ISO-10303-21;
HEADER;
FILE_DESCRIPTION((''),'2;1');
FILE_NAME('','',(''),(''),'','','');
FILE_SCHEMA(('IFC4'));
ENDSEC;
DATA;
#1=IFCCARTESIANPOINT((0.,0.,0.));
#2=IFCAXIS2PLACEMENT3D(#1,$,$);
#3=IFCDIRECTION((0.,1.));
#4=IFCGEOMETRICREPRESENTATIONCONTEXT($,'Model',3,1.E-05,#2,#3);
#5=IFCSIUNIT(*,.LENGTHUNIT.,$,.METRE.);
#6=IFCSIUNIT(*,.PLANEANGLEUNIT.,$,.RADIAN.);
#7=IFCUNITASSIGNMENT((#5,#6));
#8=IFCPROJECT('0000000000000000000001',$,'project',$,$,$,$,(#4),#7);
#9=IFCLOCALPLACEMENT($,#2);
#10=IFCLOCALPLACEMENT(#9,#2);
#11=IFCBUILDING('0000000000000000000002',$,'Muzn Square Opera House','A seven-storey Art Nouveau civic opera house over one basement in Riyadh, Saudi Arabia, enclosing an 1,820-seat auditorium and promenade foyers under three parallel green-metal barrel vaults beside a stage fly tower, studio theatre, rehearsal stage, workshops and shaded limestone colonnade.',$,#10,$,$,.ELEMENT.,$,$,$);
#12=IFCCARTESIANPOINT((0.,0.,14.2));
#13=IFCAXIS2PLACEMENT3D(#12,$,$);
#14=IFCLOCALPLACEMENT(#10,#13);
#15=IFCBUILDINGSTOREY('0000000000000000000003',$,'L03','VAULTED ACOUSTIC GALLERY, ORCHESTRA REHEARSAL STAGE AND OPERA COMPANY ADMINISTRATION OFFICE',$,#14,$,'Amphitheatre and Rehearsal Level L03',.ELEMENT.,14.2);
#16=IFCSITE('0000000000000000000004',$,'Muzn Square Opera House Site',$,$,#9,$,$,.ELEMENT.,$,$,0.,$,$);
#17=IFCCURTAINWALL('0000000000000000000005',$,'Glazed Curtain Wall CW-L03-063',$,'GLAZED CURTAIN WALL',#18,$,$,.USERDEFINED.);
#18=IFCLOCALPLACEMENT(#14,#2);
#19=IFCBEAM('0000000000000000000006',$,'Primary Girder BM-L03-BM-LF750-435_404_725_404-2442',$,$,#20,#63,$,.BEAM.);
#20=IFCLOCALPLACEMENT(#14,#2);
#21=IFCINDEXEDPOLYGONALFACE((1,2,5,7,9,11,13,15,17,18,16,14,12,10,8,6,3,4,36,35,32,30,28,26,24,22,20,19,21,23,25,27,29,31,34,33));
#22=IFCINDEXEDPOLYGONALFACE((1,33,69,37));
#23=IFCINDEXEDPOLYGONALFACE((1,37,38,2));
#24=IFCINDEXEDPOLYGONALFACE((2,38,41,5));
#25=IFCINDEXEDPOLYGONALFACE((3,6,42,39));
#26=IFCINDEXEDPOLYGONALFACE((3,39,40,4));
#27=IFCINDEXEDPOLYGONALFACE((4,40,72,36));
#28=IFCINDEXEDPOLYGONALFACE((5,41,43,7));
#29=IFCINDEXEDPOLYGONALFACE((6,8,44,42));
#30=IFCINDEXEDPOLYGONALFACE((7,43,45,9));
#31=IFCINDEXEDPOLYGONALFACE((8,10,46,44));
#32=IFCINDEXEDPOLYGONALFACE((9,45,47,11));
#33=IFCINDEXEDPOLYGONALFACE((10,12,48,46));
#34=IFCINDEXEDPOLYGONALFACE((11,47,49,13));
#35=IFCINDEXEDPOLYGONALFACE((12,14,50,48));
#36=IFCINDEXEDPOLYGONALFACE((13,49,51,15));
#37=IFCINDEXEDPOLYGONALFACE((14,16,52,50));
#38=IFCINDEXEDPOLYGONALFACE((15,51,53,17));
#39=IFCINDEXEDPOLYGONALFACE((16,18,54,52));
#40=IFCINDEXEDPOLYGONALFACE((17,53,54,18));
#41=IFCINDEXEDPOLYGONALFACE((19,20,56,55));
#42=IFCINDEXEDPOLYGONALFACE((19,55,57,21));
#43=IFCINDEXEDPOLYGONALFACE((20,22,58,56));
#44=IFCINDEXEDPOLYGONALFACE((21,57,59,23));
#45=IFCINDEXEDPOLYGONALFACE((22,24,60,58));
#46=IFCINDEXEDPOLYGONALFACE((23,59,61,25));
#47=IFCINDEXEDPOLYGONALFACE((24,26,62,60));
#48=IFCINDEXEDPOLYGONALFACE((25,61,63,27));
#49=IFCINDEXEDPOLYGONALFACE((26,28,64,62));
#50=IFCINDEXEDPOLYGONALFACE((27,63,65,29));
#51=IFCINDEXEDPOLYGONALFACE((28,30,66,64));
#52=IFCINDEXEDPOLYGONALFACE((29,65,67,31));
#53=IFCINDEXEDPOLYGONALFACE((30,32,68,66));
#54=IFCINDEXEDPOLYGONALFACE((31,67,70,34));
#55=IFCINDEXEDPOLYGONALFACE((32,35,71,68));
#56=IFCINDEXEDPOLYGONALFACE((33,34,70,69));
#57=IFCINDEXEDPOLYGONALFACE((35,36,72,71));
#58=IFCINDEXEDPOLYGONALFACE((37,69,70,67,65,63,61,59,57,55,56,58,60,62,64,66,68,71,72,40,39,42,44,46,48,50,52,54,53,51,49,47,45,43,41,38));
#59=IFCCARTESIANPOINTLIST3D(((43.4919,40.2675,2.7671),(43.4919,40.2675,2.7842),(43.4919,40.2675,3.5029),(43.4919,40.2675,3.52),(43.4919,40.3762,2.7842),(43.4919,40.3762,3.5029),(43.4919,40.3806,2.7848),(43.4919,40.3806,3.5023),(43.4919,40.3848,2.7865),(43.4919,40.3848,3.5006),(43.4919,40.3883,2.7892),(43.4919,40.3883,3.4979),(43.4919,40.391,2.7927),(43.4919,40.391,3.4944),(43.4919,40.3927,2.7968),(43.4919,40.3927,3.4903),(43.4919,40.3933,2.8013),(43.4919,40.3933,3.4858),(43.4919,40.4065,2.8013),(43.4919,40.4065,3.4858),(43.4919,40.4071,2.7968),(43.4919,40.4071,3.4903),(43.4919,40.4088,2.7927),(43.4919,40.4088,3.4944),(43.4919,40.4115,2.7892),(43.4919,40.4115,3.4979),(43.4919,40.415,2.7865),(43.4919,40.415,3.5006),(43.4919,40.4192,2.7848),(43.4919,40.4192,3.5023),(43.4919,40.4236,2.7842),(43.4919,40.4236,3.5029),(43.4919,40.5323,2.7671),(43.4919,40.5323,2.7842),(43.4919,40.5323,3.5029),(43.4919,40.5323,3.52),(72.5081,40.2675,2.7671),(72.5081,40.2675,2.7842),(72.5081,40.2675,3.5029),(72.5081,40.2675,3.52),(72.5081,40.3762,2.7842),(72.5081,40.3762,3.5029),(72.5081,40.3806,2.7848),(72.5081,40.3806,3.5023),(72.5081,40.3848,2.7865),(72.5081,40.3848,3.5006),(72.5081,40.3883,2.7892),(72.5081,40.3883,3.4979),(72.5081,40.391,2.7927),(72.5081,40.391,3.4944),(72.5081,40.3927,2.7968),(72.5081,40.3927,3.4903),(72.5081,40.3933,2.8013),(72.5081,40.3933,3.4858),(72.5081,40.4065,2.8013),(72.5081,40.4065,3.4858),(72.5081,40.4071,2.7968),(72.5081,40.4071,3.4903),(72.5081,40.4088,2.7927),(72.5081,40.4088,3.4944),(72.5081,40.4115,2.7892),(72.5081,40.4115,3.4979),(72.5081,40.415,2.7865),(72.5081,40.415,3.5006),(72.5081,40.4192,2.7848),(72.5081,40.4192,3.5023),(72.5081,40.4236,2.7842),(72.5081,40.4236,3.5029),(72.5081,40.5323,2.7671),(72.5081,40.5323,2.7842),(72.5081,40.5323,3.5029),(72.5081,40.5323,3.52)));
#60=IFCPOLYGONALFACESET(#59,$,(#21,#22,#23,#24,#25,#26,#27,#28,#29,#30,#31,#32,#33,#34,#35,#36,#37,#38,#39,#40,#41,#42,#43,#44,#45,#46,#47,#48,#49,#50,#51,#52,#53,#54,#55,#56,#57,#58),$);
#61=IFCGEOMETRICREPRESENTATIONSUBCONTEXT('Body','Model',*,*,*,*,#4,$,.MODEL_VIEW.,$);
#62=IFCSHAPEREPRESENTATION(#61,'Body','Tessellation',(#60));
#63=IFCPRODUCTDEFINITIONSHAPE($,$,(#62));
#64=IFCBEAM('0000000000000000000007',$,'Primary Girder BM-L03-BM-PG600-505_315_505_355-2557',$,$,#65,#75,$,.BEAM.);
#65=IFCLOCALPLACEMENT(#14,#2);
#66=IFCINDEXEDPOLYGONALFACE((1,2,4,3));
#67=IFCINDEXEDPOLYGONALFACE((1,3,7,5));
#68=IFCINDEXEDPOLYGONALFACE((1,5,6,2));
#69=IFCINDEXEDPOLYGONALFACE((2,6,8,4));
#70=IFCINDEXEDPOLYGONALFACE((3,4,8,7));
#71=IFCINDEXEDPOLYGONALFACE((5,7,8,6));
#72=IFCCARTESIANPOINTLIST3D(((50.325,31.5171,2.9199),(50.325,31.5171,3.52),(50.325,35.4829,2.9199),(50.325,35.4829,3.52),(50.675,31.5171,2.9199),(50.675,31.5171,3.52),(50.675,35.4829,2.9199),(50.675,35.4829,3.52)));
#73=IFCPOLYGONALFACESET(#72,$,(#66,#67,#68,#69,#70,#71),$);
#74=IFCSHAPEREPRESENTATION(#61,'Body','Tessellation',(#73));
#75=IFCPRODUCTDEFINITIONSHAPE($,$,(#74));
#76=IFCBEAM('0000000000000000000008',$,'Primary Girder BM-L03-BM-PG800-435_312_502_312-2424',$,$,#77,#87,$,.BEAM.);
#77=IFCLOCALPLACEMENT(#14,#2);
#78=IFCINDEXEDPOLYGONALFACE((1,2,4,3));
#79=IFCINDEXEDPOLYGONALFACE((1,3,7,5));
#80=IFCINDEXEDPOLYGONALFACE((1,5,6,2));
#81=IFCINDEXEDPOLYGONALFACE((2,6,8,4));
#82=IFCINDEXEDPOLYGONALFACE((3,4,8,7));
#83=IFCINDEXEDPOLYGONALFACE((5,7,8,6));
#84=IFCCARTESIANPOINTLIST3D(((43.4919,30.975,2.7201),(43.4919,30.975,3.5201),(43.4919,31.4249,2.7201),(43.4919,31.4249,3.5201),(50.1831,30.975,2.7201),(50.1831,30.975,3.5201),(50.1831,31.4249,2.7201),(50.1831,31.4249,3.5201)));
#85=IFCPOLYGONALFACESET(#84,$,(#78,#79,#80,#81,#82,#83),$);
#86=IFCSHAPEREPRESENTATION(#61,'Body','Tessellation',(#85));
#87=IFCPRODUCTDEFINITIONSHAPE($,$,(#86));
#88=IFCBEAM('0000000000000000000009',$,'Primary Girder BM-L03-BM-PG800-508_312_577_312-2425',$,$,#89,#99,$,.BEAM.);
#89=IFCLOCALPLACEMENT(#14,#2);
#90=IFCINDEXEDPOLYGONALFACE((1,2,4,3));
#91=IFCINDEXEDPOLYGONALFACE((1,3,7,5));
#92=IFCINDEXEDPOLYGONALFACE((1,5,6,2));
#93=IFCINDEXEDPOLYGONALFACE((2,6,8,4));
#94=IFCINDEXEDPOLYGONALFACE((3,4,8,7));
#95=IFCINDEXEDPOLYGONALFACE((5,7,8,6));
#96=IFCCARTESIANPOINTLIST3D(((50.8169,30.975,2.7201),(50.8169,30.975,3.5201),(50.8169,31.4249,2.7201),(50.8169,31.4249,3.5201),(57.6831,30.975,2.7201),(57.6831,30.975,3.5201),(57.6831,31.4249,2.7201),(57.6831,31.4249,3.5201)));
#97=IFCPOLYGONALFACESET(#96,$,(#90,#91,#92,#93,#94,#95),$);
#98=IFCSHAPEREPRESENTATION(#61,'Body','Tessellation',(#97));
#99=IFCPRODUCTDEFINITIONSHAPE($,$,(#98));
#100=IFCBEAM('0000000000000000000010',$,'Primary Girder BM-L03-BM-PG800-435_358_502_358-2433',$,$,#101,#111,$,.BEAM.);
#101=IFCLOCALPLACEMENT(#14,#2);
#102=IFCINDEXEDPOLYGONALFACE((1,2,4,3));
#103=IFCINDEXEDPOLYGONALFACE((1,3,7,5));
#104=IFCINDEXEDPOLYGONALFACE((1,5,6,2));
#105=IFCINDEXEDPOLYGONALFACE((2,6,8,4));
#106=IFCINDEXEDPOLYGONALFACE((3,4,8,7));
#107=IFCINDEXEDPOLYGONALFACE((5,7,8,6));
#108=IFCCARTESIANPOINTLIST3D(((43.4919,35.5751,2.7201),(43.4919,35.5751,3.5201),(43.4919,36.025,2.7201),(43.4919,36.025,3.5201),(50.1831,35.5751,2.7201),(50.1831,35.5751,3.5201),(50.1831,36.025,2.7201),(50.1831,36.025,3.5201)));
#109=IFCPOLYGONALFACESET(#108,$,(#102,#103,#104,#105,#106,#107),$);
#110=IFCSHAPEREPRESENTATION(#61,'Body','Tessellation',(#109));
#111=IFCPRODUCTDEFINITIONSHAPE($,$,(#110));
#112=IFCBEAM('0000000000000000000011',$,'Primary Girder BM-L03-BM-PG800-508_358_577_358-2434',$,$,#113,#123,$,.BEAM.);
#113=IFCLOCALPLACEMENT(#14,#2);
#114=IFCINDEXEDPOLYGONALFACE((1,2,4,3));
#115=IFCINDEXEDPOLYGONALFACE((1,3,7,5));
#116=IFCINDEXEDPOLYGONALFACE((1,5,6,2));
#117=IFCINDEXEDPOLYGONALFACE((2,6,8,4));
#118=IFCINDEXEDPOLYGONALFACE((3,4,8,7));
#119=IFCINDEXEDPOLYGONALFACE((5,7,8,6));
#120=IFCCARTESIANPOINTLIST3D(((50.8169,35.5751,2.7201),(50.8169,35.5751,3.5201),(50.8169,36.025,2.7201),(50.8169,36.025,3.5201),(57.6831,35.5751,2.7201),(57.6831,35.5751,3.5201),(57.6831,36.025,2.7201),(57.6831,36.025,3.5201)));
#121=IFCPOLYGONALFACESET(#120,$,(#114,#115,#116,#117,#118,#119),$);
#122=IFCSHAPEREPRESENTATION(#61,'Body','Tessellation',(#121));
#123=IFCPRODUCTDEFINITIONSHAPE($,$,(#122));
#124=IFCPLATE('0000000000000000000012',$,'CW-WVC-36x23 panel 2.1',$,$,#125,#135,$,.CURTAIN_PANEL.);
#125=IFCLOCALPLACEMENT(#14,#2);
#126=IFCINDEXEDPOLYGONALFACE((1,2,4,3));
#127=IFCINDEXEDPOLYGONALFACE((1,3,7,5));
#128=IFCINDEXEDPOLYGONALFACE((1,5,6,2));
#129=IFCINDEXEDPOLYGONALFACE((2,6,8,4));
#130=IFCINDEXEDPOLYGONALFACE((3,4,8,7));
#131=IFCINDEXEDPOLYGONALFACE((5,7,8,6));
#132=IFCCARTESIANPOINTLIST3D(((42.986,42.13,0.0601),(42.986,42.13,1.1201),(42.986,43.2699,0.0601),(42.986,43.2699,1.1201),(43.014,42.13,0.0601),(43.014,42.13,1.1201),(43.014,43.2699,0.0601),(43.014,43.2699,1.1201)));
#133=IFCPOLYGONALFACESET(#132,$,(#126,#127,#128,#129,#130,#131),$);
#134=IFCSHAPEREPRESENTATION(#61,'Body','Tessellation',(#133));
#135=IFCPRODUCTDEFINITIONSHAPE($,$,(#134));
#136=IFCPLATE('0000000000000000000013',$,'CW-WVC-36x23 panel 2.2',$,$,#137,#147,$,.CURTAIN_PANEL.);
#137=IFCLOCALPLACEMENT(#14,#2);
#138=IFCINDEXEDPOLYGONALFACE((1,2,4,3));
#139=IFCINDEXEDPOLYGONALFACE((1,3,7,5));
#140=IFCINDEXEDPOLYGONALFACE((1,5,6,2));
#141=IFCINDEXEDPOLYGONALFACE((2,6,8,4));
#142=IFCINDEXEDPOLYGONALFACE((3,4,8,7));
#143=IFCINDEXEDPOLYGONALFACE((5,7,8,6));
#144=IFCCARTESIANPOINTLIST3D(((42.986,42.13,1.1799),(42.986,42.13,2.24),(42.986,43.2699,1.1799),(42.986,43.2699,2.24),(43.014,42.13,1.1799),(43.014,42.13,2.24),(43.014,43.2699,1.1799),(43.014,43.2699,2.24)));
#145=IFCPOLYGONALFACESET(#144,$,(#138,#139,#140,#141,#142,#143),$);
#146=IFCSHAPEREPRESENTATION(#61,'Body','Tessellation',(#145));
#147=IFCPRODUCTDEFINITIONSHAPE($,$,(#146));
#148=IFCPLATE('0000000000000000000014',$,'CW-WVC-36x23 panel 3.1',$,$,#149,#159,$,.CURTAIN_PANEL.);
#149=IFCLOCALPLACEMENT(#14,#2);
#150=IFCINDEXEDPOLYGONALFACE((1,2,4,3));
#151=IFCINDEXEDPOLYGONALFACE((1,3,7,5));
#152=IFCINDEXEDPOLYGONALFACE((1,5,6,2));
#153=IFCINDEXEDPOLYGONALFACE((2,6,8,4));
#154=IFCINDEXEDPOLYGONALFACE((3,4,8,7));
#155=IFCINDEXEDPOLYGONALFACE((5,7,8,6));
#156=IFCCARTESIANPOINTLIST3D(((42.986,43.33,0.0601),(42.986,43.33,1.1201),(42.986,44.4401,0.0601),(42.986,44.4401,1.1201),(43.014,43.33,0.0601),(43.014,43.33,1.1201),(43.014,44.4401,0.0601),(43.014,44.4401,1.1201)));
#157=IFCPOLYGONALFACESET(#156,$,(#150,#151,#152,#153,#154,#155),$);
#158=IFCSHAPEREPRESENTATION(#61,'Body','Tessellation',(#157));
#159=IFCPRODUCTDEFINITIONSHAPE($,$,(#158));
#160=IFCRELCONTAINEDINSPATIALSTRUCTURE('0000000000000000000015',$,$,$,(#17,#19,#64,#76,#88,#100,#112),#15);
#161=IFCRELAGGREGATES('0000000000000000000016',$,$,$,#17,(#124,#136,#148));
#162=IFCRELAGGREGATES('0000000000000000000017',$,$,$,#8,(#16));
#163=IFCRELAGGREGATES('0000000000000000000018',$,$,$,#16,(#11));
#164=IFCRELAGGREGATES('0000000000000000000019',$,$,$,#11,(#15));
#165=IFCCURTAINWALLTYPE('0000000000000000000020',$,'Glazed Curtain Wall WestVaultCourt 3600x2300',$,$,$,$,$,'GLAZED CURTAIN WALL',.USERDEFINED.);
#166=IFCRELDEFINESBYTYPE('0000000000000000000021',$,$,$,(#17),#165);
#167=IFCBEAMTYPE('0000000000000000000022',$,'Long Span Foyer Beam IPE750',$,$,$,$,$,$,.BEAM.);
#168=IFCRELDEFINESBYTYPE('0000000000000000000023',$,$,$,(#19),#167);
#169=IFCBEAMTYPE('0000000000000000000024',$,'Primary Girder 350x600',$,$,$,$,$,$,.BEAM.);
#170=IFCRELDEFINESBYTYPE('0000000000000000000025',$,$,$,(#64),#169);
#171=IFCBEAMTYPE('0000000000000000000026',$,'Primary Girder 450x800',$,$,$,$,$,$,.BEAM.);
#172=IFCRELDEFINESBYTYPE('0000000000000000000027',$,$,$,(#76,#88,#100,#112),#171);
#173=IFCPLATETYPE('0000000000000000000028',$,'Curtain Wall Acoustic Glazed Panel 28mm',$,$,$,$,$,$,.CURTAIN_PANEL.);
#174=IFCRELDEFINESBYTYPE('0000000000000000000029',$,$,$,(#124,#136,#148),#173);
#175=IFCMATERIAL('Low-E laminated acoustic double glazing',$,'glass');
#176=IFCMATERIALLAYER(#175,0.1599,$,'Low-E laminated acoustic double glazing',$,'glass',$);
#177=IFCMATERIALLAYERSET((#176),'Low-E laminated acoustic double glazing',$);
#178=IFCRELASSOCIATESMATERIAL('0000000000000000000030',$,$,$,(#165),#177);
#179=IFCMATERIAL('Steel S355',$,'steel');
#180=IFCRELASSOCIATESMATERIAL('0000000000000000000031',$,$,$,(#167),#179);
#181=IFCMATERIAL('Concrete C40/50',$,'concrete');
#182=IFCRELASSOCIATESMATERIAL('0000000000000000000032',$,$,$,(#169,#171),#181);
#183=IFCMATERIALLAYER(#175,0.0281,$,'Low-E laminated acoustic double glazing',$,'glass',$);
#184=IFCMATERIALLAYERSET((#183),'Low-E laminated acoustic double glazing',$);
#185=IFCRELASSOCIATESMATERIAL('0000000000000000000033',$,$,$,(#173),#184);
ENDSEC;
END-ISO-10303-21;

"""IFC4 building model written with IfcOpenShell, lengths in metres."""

from ifc_helpers import new_model, si_unit, direction, frame, origin, origin_2d, place, context, subcontext, project, spatial, rectangle, i_section, extrude, material, layer, layer_set, material_profile, profile_set, type_object, element, aggregate, save


model = new_model("IFC4")

# Units and contexts
model_context = context("Model", 3, precision=1e-05, world=origin(), true_north=direction((0.0, 1.0)))
body_context = subcontext(model_context, "Body", "Model", "MODEL_VIEW")
ifc_project = project(units=[si_unit("LENGTHUNIT", "METRE"), si_unit("PLANEANGLEUNIT", "RADIAN")], contexts=[model_context])

# Site, building, storey
site_placement = place(None, origin())
site = spatial("IfcSite", under=ifc_project, at=site_placement, Name="Muzn Square Opera House Site", CompositionType="ELEMENT", RefElevation=0.0)
building_placement = place(site_placement, origin())
building = spatial("IfcBuilding", under=site, at=building_placement, Name="Muzn Square Opera House", Description="A seven-storey Art Nouveau civic opera house over one basement in Riyadh, Saudi Arabia, enclosing an 1,820-seat auditorium and promenade foyers under three parallel green-metal barrel vaults beside a stage fly tower, studio theatre, rehearsal stage, workshops and shaded limestone colonnade.", CompositionType="ELEMENT")
storey_placement = place(building_placement, frame((0.0, 0.0, 14.2)))
storey = spatial("IfcBuildingStorey", under=building, at=storey_placement, Name="L03", Description="VAULTED ACOUSTIC GALLERY, ORCHESTRA REHEARSAL STAGE AND OPERA COMPANY ADMINISTRATION OFFICE", LongName="Amphitheatre and Rehearsal Level L03", CompositionType="ELEMENT", Elevation=14.2)

# Curtain wall
ifc_material_1 = material(Name="Low-E laminated acoustic double glazing", Category="glass")
ifc_layer_1 = layer(ifc_material_1, 0.1599, Name="Low-E laminated acoustic double glazing", Category="glass")
ifc_layer_set_1 = layer_set([ifc_layer_1], Name="Low-E laminated acoustic double glazing")
curtain_wall_type = type_object("IfcCurtainWallType", Name="Glazed Curtain Wall WestVaultCourt 3600x2300", ElementType="GLAZED CURTAIN WALL", PredefinedType="USERDEFINED", material=ifc_layer_set_1)
curtain_wall_placement = place(storey_placement, origin())
curtain_wall = element("IfcCurtainWall", 1, at=curtain_wall_placement, inside=storey, type_object=curtain_wall_type, Name="Glazed Curtain Wall CW-L03-063", ObjectType="GLAZED CURTAIN WALL", PredefinedType="USERDEFINED")

# Beams
ifc_material_2 = material(Name="Steel S355", Category="steel")
ifc_material_profile_1 = material_profile(ifc_material_2, i_section(OverallWidth=0.2649, OverallDepth=0.7529, WebThickness=0.0132, FlangeThickness=0.0171, FilletRadius=0.0171, at=origin_2d()), Name="IPE 750x147", Category="steel")
ifc_profile_set_1 = profile_set([ifc_material_profile_1], Name="Steel S355")
beam_type_1 = type_object("IfcBeamType", Name="Long Span Foyer Beam IPE750", PredefinedType="BEAM", material=ifc_profile_set_1)
beam_1_placement = place(storey_placement, frame((43.4919, 40.3999, 3.1436), z_axis=(1.0, 0.0, 0.0), x_axis=(0.0, 1.0, 0.0)))
element("IfcBeam", 2, at=beam_1_placement, inside=storey, type_object=beam_type_1, Name="Primary Girder BM-L03-BM-LF750-435_404_725_404-2442", PredefinedType="BEAM", context=body_context, shape_type="SweptSolid", body=[
    extrude(i_section(OverallWidth=0.2649, OverallDepth=0.7529, WebThickness=0.0132, FlangeThickness=0.0171, FilletRadius=0.0171, at=origin_2d()), origin(), (0.0, 0.0, 1.0), 29.0161),
])
ifc_material_3 = material(Name="Concrete C40/50", Category="concrete")
ifc_material_profile_2 = material_profile(ifc_material_3, rectangle(XDim=0.3501, YDim=0.6001, at=origin_2d()), Name="RCB 350x600", Category="concrete")
ifc_profile_set_2 = profile_set([ifc_material_profile_2], Name="Concrete C40/50")
beam_type_2 = type_object("IfcBeamType", Name="Primary Girder 350x600", PredefinedType="BEAM", material=ifc_profile_set_2)
beam_2_placement = place(storey_placement, frame((50.5, 31.5171, 3.22), z_axis=(0.0, 1.0, 0.0), x_axis=(-1.0, 0.0, 0.0)))
element("IfcBeam", 3, at=beam_2_placement, inside=storey, type_object=beam_type_2, Name="Primary Girder BM-L03-BM-PG600-505_315_505_355-2557", PredefinedType="BEAM", context=body_context, shape_type="SweptSolid", body=[
    extrude(rectangle(XDim=0.3501, YDim=0.6001, at=origin_2d()), origin(), (0.0, 0.0, 1.0), 3.9658),
])
ifc_material_profile_3 = material_profile(ifc_material_3, rectangle(XDim=0.45, YDim=0.8, at=origin_2d()), Name="RCB 450x800", Category="concrete")
ifc_profile_set_3 = profile_set([ifc_material_profile_3], Name="Concrete C40/50")
beam_type_3 = type_object("IfcBeamType", Name="Primary Girder 450x800", PredefinedType="BEAM", material=ifc_profile_set_3)
beam_3_placement = place(storey_placement, frame((43.4919, 31.2, 3.1201), z_axis=(1.0, 0.0, 0.0), x_axis=(0.0, 1.0, 0.0)))
element("IfcBeam", 4, at=beam_3_placement, inside=storey, type_object=beam_type_3, Name="Primary Girder BM-L03-BM-PG800-435_312_502_312-2424", PredefinedType="BEAM", context=body_context, shape_type="SweptSolid", body=[
    extrude(rectangle(XDim=0.45, YDim=0.8, at=origin_2d()), origin(), (0.0, 0.0, 1.0), 6.6912),
])
beam_4_placement = place(storey_placement, frame((50.8169, 31.2, 3.1201), z_axis=(1.0, 0.0, 0.0), x_axis=(0.0, 1.0, 0.0)))
element("IfcBeam", 5, at=beam_4_placement, inside=storey, type_object=beam_type_3, Name="Primary Girder BM-L03-BM-PG800-508_312_577_312-2425", PredefinedType="BEAM", context=body_context, shape_type="SweptSolid", body=[
    extrude(rectangle(XDim=0.45, YDim=0.8, at=origin_2d()), origin(), (0.0, 0.0, 1.0), 6.8662),
])
beam_5_placement = place(storey_placement, frame((43.4919, 35.8, 3.1201), z_axis=(1.0, 0.0, 0.0), x_axis=(0.0, 1.0, 0.0)))
element("IfcBeam", 6, at=beam_5_placement, inside=storey, type_object=beam_type_3, Name="Primary Girder BM-L03-BM-PG800-435_358_502_358-2433", PredefinedType="BEAM", context=body_context, shape_type="SweptSolid", body=[
    extrude(rectangle(XDim=0.45, YDim=0.8, at=origin_2d()), origin(), (0.0, 0.0, 1.0), 6.6912),
])
beam_6_placement = place(storey_placement, frame((50.8169, 35.8, 3.1201), z_axis=(1.0, 0.0, 0.0), x_axis=(0.0, 1.0, 0.0)))
element("IfcBeam", 7, at=beam_6_placement, inside=storey, type_object=beam_type_3, Name="Primary Girder BM-L03-BM-PG800-508_358_577_358-2434", PredefinedType="BEAM", context=body_context, shape_type="SweptSolid", body=[
    extrude(rectangle(XDim=0.45, YDim=0.8, at=origin_2d()), origin(), (0.0, 0.0, 1.0), 6.8662),
])

# Plates
ifc_layer_2 = layer(ifc_material_1, 0.0281, Name="Low-E laminated acoustic double glazing", Category="glass")
ifc_layer_set_2 = layer_set([ifc_layer_2], Name="Low-E laminated acoustic double glazing")
plate_type = type_object("IfcPlateType", Name="Curtain Wall Acoustic Glazed Panel 28mm", PredefinedType="CURTAIN_PANEL", material=ifc_layer_set_2)
plate_1_placement = place(storey_placement, frame((43.0, 42.7, 0.0601), z_axis=(0.0, 0.0, 1.0), x_axis=(0.0, 1.0, 0.0)))
plate_1 = element("IfcPlate", 8, at=plate_1_placement, type_object=plate_type, Name="CW-WVC-36x23 panel 2.1", PredefinedType="CURTAIN_PANEL", context=body_context, shape_type="SweptSolid", body=[
    extrude(rectangle(XDim=1.1399, YDim=0.0281, at=origin_2d()), origin(), (0.0, 0.0, 1.0), 1.0601),
])
plate_2_placement = place(storey_placement, frame((43.0, 42.7, 1.1799), z_axis=(0.0, 0.0, 1.0), x_axis=(0.0, 1.0, 0.0)))
plate_2 = element("IfcPlate", 9, at=plate_2_placement, type_object=plate_type, Name="CW-WVC-36x23 panel 2.2", PredefinedType="CURTAIN_PANEL", context=body_context, shape_type="SweptSolid", body=[
    extrude(rectangle(XDim=1.1399, YDim=0.0281, at=origin_2d()), origin(), (0.0, 0.0, 1.0), 1.0601),
])
plate_3_placement = place(storey_placement, frame((43.0, 43.885, 0.0601), z_axis=(0.0, 0.0, 1.0), x_axis=(0.0, 1.0, 0.0)))
plate_3 = element("IfcPlate", 10, at=plate_3_placement, type_object=plate_type, Name="CW-WVC-36x23 panel 3.1", PredefinedType="CURTAIN_PANEL", context=body_context, shape_type="SweptSolid", body=[
    extrude(rectangle(XDim=1.1101, YDim=0.0281, at=origin_2d()), origin(), (0.0, 0.0, 1.0), 1.0601),
])
aggregate(curtain_wall, [plate_1, plate_2, plate_3])

save(model, "model.ifc")
